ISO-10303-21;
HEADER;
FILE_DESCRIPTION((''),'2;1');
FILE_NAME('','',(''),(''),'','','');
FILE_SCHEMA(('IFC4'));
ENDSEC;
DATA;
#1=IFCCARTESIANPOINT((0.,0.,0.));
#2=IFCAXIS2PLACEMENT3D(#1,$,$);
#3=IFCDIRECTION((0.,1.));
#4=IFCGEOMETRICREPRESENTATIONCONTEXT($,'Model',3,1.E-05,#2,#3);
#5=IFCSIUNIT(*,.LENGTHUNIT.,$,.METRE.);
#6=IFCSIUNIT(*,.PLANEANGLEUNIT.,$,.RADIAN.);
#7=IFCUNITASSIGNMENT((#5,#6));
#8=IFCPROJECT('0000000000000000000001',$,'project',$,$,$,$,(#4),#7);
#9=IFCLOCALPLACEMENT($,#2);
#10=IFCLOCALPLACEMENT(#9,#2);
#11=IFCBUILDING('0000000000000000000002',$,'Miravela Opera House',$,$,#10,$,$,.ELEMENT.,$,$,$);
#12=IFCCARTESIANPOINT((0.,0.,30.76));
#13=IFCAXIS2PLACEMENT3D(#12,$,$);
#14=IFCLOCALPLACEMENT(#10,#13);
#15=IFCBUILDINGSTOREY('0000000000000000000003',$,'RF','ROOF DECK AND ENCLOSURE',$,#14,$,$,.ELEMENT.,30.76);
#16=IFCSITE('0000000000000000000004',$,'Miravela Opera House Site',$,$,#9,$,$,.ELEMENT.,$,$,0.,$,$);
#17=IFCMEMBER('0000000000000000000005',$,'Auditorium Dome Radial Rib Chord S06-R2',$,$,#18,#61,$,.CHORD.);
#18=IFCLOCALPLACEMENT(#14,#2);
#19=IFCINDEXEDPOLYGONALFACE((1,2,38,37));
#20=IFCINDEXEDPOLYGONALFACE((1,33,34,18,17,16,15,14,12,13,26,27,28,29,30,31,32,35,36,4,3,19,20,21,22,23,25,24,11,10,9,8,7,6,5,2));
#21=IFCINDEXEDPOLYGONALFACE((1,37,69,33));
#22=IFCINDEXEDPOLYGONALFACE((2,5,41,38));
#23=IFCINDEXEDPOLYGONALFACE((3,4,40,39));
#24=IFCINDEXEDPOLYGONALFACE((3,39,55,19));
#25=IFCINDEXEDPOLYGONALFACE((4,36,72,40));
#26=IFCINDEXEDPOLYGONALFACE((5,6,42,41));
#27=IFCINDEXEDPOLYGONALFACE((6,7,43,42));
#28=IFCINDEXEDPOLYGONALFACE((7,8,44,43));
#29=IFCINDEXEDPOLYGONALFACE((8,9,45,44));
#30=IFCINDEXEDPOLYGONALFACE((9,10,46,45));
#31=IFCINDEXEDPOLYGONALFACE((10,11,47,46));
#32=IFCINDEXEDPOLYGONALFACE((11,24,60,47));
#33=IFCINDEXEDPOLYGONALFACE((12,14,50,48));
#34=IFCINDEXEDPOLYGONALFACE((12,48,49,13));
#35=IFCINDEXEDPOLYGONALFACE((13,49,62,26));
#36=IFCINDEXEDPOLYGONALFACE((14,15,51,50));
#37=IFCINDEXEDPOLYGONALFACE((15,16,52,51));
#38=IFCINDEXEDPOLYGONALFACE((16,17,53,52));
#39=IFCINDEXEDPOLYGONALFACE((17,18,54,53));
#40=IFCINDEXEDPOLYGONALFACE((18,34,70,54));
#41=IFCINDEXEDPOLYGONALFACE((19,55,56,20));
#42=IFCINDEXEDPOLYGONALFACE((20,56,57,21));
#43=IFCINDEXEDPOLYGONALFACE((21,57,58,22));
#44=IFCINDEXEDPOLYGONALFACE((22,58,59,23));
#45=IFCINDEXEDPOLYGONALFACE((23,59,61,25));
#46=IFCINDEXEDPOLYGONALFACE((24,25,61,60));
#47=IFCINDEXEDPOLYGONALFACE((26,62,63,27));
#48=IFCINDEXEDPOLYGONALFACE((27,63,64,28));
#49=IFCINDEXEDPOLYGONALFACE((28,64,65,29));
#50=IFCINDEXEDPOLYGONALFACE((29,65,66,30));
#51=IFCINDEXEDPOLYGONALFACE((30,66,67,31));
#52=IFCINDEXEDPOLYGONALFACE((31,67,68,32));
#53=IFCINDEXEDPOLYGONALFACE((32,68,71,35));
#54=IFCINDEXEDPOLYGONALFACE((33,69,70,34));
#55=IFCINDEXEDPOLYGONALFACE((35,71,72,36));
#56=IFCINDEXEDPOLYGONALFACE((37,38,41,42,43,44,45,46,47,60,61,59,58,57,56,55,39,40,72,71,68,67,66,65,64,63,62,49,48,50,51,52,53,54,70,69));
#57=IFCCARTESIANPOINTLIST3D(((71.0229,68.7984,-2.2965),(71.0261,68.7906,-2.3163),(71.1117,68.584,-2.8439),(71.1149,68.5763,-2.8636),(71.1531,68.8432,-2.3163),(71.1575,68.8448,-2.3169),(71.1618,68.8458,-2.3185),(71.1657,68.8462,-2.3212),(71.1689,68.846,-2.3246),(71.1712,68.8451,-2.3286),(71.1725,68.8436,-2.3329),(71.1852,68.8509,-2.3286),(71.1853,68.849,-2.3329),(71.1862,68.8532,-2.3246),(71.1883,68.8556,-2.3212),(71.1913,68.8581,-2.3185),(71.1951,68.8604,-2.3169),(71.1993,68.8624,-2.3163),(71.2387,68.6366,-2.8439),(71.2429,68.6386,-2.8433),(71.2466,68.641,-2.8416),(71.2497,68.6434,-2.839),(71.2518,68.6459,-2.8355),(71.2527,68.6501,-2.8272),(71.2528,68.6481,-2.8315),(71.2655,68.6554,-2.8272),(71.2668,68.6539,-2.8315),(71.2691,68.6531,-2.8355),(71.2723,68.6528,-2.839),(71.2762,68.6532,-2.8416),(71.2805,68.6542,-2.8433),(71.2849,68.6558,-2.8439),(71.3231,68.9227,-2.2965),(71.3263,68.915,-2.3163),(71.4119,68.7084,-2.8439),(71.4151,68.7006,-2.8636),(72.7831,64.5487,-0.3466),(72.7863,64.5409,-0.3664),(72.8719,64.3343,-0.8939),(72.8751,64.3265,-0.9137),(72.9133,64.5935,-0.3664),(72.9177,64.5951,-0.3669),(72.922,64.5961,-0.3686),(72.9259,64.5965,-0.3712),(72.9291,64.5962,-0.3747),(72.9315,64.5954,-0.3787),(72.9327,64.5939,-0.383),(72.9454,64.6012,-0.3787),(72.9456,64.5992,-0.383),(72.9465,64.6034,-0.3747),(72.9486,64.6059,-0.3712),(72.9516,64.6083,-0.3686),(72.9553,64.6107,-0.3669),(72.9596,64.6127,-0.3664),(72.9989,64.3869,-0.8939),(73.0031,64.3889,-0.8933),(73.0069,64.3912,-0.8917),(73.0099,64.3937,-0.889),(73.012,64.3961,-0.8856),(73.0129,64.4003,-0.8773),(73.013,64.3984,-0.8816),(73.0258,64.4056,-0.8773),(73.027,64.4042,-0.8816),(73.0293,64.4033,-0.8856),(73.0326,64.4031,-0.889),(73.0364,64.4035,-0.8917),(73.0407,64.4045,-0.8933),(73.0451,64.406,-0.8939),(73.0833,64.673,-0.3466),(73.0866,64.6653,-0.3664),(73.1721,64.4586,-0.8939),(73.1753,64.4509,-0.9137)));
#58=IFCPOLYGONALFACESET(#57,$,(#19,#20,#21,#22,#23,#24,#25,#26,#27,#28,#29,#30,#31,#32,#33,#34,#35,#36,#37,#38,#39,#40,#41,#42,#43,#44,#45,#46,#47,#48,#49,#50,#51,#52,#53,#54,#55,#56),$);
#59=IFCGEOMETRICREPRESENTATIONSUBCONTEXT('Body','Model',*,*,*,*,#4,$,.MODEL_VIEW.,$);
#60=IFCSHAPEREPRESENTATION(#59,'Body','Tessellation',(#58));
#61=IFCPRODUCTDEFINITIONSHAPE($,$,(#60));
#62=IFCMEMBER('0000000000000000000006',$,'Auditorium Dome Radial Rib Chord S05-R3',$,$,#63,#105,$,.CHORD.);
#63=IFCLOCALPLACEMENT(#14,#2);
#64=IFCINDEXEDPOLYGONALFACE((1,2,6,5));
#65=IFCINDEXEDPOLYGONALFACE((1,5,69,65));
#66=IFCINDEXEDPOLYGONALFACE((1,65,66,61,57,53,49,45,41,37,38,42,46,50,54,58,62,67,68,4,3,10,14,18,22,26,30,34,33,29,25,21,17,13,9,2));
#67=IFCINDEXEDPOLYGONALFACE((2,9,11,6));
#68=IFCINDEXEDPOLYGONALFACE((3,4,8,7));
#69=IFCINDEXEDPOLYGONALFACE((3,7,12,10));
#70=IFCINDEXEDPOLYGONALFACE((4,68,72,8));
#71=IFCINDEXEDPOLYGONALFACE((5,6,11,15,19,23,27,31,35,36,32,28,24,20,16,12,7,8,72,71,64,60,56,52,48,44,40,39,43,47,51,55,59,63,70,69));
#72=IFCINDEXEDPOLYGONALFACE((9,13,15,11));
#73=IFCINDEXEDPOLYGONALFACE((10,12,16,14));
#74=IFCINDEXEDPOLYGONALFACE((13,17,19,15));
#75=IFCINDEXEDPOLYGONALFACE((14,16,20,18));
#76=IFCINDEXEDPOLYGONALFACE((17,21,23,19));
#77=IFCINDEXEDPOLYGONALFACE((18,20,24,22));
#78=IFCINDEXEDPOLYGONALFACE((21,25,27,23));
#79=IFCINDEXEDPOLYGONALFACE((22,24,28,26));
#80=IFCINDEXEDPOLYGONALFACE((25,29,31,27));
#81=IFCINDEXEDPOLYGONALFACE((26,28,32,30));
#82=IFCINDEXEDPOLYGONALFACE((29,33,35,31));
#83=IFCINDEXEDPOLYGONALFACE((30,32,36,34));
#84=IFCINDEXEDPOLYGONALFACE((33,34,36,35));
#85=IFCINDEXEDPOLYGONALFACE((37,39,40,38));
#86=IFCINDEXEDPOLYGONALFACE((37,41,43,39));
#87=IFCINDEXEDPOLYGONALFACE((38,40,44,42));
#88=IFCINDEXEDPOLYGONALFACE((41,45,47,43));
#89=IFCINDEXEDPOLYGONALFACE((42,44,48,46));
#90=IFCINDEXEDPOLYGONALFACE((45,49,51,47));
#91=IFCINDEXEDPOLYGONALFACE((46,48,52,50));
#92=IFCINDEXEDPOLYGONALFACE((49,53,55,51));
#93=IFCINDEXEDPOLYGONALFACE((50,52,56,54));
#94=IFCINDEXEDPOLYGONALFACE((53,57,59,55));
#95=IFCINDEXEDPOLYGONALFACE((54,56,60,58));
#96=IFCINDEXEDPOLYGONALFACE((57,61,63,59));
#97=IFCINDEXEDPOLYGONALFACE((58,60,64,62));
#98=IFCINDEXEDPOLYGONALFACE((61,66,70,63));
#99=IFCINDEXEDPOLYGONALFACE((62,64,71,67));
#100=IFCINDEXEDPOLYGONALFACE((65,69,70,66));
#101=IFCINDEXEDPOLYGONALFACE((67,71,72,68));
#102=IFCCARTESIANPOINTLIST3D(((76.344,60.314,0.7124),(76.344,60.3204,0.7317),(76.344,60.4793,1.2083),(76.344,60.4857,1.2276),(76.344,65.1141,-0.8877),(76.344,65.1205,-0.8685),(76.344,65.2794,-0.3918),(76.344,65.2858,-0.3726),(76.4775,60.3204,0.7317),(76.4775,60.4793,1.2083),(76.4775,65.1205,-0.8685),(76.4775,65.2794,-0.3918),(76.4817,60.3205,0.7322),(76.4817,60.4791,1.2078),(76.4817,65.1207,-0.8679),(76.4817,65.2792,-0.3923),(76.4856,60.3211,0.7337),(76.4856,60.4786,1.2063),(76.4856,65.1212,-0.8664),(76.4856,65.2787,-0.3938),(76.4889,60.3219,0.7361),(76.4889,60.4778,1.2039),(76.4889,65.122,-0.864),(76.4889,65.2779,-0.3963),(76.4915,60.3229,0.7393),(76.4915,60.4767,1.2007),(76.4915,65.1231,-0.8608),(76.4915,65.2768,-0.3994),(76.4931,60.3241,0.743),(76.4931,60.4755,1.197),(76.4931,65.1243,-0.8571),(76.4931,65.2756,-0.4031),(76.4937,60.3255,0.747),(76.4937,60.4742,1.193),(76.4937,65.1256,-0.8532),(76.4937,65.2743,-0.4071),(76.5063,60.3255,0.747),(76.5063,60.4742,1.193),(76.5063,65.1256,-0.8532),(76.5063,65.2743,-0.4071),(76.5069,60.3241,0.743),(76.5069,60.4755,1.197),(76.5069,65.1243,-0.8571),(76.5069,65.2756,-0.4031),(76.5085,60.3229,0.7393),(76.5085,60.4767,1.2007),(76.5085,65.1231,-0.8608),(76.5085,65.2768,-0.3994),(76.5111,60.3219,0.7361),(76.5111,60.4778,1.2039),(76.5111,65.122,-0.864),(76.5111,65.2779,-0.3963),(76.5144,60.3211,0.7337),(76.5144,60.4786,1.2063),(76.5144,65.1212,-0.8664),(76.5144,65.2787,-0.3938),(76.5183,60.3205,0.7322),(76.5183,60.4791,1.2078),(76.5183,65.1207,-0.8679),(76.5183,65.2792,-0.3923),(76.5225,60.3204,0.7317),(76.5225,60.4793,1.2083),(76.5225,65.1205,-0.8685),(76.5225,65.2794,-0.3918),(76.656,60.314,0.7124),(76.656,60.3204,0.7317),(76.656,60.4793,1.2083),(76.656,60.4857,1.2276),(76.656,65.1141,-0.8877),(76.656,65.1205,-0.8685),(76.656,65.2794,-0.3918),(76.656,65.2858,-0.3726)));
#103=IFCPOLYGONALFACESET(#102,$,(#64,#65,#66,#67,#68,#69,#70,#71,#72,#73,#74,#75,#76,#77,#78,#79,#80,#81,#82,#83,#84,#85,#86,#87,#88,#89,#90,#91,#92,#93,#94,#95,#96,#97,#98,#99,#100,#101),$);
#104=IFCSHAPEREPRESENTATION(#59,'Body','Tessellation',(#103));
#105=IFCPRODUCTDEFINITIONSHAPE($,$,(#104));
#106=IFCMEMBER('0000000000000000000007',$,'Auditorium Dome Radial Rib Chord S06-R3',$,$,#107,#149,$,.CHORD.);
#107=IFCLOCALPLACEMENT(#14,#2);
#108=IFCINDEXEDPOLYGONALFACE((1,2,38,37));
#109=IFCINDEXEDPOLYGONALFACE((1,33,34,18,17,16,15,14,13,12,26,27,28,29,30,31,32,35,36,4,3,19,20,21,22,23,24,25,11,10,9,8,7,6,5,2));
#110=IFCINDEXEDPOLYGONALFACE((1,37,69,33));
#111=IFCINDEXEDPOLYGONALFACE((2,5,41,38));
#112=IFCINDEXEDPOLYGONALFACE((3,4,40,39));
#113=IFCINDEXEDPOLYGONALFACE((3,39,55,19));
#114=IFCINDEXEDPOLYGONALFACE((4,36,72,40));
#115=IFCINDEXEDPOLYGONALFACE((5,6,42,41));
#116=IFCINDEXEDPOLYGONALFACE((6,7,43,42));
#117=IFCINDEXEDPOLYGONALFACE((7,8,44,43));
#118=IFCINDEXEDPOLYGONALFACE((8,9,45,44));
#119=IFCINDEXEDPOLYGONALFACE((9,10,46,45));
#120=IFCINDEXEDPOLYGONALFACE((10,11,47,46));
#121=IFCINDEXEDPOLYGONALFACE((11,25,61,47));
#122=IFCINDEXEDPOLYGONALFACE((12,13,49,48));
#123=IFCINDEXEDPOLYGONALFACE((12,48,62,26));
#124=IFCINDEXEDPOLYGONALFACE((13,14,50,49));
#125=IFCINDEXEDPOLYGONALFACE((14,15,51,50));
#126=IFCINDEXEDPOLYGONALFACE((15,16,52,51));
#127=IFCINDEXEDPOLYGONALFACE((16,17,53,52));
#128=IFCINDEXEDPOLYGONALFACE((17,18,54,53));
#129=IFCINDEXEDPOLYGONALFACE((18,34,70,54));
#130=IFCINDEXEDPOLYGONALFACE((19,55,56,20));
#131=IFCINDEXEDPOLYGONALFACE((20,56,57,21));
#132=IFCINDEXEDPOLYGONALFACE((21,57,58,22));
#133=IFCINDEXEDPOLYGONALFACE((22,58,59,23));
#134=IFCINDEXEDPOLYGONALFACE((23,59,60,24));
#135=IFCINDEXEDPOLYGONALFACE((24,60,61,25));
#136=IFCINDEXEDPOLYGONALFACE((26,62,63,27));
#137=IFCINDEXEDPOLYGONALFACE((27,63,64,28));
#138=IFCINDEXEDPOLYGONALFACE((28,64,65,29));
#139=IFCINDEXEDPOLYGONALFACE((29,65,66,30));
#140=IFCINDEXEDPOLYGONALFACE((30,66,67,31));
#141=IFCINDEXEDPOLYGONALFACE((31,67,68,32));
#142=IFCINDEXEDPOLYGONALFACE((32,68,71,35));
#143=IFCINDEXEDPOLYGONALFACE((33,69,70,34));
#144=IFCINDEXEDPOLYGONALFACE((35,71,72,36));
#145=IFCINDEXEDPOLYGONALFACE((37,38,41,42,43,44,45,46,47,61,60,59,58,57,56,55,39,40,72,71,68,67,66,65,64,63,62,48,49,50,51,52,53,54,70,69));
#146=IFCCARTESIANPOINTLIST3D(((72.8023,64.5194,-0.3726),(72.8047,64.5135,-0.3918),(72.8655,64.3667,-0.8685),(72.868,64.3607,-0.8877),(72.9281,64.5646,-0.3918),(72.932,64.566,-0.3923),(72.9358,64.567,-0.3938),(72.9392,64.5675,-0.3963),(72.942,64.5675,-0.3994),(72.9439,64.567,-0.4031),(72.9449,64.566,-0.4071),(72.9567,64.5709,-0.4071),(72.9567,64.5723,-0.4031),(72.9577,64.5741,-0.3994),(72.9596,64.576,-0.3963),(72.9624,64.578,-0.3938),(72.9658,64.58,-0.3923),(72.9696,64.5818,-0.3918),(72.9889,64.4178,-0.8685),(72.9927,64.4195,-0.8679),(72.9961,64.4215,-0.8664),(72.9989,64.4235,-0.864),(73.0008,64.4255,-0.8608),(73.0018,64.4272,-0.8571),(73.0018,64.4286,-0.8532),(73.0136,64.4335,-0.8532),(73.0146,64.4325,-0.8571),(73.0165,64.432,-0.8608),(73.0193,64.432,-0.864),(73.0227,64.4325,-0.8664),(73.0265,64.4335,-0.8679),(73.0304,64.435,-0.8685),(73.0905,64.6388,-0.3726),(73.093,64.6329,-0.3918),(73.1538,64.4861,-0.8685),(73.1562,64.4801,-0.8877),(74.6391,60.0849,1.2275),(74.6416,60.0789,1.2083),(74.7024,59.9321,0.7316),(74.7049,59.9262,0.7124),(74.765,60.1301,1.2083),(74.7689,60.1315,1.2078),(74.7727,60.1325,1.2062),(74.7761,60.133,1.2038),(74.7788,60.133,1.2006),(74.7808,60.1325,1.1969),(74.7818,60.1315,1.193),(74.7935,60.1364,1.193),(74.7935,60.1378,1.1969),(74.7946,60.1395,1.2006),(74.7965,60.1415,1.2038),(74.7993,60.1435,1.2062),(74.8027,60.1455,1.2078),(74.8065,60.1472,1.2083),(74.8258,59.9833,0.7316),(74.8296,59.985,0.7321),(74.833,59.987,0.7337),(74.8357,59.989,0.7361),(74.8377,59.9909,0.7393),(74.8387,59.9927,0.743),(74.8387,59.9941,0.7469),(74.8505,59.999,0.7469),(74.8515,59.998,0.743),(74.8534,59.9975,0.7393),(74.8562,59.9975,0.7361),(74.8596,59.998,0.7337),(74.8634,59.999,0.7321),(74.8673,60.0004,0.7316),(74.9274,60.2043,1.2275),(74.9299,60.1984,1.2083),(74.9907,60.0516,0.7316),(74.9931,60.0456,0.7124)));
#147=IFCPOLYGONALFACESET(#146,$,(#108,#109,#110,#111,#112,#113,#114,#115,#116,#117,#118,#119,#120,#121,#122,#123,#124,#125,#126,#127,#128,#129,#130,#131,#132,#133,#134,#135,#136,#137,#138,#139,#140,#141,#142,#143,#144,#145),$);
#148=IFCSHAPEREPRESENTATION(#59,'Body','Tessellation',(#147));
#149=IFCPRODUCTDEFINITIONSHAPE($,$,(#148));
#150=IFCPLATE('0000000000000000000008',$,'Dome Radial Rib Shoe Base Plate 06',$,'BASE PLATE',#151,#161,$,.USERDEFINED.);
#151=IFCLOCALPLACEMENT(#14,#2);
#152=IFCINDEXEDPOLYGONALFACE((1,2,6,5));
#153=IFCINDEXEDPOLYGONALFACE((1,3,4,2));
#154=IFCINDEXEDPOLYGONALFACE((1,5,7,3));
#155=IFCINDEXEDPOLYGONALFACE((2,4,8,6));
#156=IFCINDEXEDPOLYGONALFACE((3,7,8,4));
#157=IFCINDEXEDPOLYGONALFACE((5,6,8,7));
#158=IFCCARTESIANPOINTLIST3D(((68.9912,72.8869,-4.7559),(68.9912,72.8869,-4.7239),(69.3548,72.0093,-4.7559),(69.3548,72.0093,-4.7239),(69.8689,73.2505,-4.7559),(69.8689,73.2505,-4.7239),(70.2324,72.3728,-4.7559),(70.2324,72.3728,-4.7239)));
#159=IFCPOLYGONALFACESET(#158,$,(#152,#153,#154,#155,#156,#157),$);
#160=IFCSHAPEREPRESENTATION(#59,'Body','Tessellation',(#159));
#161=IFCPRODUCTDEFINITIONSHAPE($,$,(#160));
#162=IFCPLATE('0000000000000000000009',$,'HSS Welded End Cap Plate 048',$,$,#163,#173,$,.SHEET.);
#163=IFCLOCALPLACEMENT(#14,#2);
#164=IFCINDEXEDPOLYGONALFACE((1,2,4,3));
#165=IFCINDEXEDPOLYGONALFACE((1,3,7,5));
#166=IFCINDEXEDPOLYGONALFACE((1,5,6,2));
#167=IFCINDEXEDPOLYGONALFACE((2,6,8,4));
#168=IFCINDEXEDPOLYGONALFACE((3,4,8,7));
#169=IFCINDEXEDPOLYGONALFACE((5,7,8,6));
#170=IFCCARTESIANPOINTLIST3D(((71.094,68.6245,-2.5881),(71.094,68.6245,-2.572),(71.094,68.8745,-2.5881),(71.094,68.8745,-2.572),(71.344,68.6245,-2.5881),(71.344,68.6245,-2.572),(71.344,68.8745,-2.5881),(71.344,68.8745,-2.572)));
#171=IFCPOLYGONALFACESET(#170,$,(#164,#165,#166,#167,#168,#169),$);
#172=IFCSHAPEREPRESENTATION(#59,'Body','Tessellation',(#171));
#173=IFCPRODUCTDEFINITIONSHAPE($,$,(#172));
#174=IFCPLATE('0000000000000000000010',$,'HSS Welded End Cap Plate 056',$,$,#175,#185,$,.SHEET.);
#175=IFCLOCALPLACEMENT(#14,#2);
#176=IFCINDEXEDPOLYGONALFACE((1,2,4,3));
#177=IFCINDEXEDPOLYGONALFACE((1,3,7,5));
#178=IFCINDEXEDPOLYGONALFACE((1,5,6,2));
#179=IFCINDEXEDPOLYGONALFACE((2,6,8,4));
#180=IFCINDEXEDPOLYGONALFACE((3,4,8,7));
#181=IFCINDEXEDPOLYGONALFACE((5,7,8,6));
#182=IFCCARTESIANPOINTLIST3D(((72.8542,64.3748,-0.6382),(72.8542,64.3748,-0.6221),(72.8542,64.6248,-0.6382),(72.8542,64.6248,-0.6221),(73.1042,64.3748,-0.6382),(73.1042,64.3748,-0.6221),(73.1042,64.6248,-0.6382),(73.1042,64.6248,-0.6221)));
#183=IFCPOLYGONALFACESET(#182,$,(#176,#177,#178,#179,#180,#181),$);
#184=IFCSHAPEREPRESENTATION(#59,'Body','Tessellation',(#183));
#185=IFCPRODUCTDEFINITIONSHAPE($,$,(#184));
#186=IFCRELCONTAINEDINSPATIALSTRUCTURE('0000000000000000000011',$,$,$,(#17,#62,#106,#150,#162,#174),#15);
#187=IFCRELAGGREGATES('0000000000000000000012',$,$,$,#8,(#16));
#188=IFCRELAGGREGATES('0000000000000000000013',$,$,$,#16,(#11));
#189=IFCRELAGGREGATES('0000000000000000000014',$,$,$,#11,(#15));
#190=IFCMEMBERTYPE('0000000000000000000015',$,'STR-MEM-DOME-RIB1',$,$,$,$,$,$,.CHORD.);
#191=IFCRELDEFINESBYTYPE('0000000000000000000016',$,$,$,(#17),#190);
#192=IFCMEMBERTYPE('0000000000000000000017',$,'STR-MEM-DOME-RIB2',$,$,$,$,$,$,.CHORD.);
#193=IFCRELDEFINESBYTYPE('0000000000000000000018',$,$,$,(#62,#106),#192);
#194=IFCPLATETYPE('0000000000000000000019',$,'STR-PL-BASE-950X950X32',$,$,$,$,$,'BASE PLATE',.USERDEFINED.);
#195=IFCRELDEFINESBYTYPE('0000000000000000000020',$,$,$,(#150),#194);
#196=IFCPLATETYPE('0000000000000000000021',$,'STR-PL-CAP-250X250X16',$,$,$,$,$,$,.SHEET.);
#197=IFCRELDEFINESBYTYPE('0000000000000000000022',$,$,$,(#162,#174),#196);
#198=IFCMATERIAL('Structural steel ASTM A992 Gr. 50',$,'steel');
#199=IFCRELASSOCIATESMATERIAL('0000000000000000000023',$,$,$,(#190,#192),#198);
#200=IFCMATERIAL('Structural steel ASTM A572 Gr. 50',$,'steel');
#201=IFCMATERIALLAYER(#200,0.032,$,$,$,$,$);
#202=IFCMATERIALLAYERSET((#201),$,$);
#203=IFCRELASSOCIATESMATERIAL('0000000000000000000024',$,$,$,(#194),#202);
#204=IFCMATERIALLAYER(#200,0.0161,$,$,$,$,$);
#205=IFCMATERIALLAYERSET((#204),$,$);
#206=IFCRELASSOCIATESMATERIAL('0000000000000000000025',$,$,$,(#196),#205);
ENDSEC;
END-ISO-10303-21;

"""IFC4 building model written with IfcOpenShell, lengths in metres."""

from ifc_helpers import new_model, si_unit, direction, frame, origin, origin_2d, place, context, subcontext, project, spatial, rectangle, i_section, extrude, material, layer, layer_set, material_profile, profile_set, type_object, element, save


model = new_model("IFC4")

# Units and contexts
model_context = context("Model", 3, precision=1e-05, world=origin(), true_north=direction((0.0, 1.0)))
body_context = subcontext(model_context, "Body", "Model", "MODEL_VIEW")
ifc_project = project(units=[si_unit("LENGTHUNIT", "METRE"), si_unit("PLANEANGLEUNIT", "RADIAN")], contexts=[model_context])

# Site, building, storey
site_placement = place(None, origin())
site = spatial("IfcSite", under=ifc_project, at=site_placement, Name="Miravela Opera House Site", CompositionType="ELEMENT", RefElevation=0.0)
building_placement = place(site_placement, origin())
building = spatial("IfcBuilding", under=site, at=building_placement, Name="Miravela Opera House", CompositionType="ELEMENT")
storey_placement = place(building_placement, frame((0.0, 0.0, 30.76)))
storey = spatial("IfcBuildingStorey", under=building, at=storey_placement, Name="RF", Description="ROOF DECK AND ENCLOSURE", CompositionType="ELEMENT", Elevation=30.76)

# Shared definitions
ifc_material_1 = material(Name="Structural steel ASTM A992 Gr. 50", Category="steel")

# Members
ifc_material_profile_1 = material_profile(ifc_material_1, i_section(OverallWidth=0.325, OverallDepth=0.616, WebThickness=0.0139, FlangeThickness=0.0215, FilletRadius=0.0181, at=origin_2d()), Name="W610X174")
ifc_profile_set_1 = profile_set([ifc_material_profile_1])
member_type_1 = type_object("IfcMemberType", Name="STR-MEM-DOME-RIB1", PredefinedType="CHORD", material=ifc_profile_set_1)
member_1_placement = place(storey_placement, frame((71.219, 68.7495, -2.5801), z_axis=(0.352324, -0.850611, 0.390293), x_axis=(0.923884, 0.382674, 0.0)))
element("IfcMember", 1, at=member_1_placement, inside=storey, type_object=member_type_1, Name="Auditorium Dome Radial Rib Chord S06-R2", PredefinedType="CHORD", context=body_context, shape_type="SweptSolid", body=[
    extrude(i_section(OverallWidth=0.325, OverallDepth=0.616, WebThickness=0.0139, FlangeThickness=0.0215, FilletRadius=0.0181, at=origin_2d()), origin(), (0.0, 0.0, 1.0), 4.9961),
])
ifc_material_profile_2 = material_profile(ifc_material_1, i_section(OverallWidth=0.312, OverallDepth=0.543, WebThickness=0.0127, FlangeThickness=0.0203, FilletRadius=0.0161, at=origin_2d()), Name="W530X150")
ifc_profile_set_2 = profile_set([ifc_material_profile_2])
member_type_2 = type_object("IfcMemberType", Name="STR-MEM-DOME-RIB2", PredefinedType="CHORD", material=ifc_profile_set_2)
member_2_placement = place(storey_placement, frame((76.5, 65.2, -0.6301), z_axis=(0.0, -0.948678, 0.316242), x_axis=(1.0, 0.0, 0.0)))
element("IfcMember", 2, at=member_2_placement, inside=storey, type_object=member_type_2, Name="Auditorium Dome Radial Rib Chord S05-R3", PredefinedType="CHORD", context=body_context, shape_type="SweptSolid", body=[
    extrude(i_section(OverallWidth=0.312, OverallDepth=0.543, WebThickness=0.0127, FlangeThickness=0.0203, FilletRadius=0.0161, at=origin_2d()), origin(), (0.0, 0.0, 1.0), 5.0598),
])
member_3_placement = place(storey_placement, frame((72.9792, 64.4998, -0.6301), z_axis=(0.363052, -0.876459, 0.316247), x_axis=(0.923875, 0.382693, 0.0)))
element("IfcMember", 3, at=member_3_placement, inside=storey, type_object=member_type_2, Name="Auditorium Dome Radial Rib Chord S06-R3", PredefinedType="CHORD", context=body_context, shape_type="SweptSolid", body=[
    extrude(i_section(OverallWidth=0.312, OverallDepth=0.543, WebThickness=0.0127, FlangeThickness=0.0203, FilletRadius=0.0161, at=origin_2d()), origin(), (0.0, 0.0, 1.0), 5.0596),
])

# Plates
ifc_material_2 = material(Name="Structural steel ASTM A572 Gr. 50", Category="steel")
ifc_layer_1 = layer(ifc_material_2, 0.032)
ifc_layer_set_1 = layer_set([ifc_layer_1])
plate_type_1 = type_object("IfcPlateType", Name="STR-PL-BASE-950X950X32", ElementType="BASE PLATE", PredefinedType="USERDEFINED", material=ifc_layer_set_1)
plate_placement = place(storey_placement, frame((69.6118, 72.6299, -4.7559), z_axis=(0.0, 0.0, 1.0), x_axis=(-0.382683, 0.92388, 0.0)))
element("IfcPlate", 4, at=plate_placement, inside=storey, type_object=plate_type_1, Name="Dome Radial Rib Shoe Base Plate 06", ObjectType="BASE PLATE", PredefinedType="USERDEFINED", context=body_context, shape_type="SweptSolid", body=[
    extrude(rectangle(XDim=0.95, YDim=0.95, at=origin_2d()), origin(), (0.0, 0.0, 1.0), 0.032),
])
ifc_layer_2 = layer(ifc_material_2, 0.0161)
ifc_layer_set_2 = layer_set([ifc_layer_2])
plate_type_2 = type_object("IfcPlateType", Name="STR-PL-CAP-250X250X16", PredefinedType="SHEET", material=ifc_layer_set_2)
for number, where, z_axis, x_axis, name in (
    (5, (71.219, 68.7495, -2.5881), (0.0, 0.0, 1.0), (1.0, 0.0, 0.0), "HSS Welded End Cap Plate 048"),
    (6, (72.9792, 64.4998, -0.6382), (0.0, 0.0, 1.0), (1.0, 0.0, 0.0), "HSS Welded End Cap Plate 056"),
):
    element("IfcPlate", number, at=place(storey_placement, frame(where, z_axis=z_axis, x_axis=x_axis)), inside=storey, type_object=plate_type_2, Name=name, PredefinedType="SHEET", context=body_context, shape_type="SweptSolid", body=[
        extrude(rectangle(XDim=0.25, YDim=0.25, at=origin_2d()), origin(), (0.0, 0.0, 1.0), 0.0161),
    ])

save(model, "model.ifc")
